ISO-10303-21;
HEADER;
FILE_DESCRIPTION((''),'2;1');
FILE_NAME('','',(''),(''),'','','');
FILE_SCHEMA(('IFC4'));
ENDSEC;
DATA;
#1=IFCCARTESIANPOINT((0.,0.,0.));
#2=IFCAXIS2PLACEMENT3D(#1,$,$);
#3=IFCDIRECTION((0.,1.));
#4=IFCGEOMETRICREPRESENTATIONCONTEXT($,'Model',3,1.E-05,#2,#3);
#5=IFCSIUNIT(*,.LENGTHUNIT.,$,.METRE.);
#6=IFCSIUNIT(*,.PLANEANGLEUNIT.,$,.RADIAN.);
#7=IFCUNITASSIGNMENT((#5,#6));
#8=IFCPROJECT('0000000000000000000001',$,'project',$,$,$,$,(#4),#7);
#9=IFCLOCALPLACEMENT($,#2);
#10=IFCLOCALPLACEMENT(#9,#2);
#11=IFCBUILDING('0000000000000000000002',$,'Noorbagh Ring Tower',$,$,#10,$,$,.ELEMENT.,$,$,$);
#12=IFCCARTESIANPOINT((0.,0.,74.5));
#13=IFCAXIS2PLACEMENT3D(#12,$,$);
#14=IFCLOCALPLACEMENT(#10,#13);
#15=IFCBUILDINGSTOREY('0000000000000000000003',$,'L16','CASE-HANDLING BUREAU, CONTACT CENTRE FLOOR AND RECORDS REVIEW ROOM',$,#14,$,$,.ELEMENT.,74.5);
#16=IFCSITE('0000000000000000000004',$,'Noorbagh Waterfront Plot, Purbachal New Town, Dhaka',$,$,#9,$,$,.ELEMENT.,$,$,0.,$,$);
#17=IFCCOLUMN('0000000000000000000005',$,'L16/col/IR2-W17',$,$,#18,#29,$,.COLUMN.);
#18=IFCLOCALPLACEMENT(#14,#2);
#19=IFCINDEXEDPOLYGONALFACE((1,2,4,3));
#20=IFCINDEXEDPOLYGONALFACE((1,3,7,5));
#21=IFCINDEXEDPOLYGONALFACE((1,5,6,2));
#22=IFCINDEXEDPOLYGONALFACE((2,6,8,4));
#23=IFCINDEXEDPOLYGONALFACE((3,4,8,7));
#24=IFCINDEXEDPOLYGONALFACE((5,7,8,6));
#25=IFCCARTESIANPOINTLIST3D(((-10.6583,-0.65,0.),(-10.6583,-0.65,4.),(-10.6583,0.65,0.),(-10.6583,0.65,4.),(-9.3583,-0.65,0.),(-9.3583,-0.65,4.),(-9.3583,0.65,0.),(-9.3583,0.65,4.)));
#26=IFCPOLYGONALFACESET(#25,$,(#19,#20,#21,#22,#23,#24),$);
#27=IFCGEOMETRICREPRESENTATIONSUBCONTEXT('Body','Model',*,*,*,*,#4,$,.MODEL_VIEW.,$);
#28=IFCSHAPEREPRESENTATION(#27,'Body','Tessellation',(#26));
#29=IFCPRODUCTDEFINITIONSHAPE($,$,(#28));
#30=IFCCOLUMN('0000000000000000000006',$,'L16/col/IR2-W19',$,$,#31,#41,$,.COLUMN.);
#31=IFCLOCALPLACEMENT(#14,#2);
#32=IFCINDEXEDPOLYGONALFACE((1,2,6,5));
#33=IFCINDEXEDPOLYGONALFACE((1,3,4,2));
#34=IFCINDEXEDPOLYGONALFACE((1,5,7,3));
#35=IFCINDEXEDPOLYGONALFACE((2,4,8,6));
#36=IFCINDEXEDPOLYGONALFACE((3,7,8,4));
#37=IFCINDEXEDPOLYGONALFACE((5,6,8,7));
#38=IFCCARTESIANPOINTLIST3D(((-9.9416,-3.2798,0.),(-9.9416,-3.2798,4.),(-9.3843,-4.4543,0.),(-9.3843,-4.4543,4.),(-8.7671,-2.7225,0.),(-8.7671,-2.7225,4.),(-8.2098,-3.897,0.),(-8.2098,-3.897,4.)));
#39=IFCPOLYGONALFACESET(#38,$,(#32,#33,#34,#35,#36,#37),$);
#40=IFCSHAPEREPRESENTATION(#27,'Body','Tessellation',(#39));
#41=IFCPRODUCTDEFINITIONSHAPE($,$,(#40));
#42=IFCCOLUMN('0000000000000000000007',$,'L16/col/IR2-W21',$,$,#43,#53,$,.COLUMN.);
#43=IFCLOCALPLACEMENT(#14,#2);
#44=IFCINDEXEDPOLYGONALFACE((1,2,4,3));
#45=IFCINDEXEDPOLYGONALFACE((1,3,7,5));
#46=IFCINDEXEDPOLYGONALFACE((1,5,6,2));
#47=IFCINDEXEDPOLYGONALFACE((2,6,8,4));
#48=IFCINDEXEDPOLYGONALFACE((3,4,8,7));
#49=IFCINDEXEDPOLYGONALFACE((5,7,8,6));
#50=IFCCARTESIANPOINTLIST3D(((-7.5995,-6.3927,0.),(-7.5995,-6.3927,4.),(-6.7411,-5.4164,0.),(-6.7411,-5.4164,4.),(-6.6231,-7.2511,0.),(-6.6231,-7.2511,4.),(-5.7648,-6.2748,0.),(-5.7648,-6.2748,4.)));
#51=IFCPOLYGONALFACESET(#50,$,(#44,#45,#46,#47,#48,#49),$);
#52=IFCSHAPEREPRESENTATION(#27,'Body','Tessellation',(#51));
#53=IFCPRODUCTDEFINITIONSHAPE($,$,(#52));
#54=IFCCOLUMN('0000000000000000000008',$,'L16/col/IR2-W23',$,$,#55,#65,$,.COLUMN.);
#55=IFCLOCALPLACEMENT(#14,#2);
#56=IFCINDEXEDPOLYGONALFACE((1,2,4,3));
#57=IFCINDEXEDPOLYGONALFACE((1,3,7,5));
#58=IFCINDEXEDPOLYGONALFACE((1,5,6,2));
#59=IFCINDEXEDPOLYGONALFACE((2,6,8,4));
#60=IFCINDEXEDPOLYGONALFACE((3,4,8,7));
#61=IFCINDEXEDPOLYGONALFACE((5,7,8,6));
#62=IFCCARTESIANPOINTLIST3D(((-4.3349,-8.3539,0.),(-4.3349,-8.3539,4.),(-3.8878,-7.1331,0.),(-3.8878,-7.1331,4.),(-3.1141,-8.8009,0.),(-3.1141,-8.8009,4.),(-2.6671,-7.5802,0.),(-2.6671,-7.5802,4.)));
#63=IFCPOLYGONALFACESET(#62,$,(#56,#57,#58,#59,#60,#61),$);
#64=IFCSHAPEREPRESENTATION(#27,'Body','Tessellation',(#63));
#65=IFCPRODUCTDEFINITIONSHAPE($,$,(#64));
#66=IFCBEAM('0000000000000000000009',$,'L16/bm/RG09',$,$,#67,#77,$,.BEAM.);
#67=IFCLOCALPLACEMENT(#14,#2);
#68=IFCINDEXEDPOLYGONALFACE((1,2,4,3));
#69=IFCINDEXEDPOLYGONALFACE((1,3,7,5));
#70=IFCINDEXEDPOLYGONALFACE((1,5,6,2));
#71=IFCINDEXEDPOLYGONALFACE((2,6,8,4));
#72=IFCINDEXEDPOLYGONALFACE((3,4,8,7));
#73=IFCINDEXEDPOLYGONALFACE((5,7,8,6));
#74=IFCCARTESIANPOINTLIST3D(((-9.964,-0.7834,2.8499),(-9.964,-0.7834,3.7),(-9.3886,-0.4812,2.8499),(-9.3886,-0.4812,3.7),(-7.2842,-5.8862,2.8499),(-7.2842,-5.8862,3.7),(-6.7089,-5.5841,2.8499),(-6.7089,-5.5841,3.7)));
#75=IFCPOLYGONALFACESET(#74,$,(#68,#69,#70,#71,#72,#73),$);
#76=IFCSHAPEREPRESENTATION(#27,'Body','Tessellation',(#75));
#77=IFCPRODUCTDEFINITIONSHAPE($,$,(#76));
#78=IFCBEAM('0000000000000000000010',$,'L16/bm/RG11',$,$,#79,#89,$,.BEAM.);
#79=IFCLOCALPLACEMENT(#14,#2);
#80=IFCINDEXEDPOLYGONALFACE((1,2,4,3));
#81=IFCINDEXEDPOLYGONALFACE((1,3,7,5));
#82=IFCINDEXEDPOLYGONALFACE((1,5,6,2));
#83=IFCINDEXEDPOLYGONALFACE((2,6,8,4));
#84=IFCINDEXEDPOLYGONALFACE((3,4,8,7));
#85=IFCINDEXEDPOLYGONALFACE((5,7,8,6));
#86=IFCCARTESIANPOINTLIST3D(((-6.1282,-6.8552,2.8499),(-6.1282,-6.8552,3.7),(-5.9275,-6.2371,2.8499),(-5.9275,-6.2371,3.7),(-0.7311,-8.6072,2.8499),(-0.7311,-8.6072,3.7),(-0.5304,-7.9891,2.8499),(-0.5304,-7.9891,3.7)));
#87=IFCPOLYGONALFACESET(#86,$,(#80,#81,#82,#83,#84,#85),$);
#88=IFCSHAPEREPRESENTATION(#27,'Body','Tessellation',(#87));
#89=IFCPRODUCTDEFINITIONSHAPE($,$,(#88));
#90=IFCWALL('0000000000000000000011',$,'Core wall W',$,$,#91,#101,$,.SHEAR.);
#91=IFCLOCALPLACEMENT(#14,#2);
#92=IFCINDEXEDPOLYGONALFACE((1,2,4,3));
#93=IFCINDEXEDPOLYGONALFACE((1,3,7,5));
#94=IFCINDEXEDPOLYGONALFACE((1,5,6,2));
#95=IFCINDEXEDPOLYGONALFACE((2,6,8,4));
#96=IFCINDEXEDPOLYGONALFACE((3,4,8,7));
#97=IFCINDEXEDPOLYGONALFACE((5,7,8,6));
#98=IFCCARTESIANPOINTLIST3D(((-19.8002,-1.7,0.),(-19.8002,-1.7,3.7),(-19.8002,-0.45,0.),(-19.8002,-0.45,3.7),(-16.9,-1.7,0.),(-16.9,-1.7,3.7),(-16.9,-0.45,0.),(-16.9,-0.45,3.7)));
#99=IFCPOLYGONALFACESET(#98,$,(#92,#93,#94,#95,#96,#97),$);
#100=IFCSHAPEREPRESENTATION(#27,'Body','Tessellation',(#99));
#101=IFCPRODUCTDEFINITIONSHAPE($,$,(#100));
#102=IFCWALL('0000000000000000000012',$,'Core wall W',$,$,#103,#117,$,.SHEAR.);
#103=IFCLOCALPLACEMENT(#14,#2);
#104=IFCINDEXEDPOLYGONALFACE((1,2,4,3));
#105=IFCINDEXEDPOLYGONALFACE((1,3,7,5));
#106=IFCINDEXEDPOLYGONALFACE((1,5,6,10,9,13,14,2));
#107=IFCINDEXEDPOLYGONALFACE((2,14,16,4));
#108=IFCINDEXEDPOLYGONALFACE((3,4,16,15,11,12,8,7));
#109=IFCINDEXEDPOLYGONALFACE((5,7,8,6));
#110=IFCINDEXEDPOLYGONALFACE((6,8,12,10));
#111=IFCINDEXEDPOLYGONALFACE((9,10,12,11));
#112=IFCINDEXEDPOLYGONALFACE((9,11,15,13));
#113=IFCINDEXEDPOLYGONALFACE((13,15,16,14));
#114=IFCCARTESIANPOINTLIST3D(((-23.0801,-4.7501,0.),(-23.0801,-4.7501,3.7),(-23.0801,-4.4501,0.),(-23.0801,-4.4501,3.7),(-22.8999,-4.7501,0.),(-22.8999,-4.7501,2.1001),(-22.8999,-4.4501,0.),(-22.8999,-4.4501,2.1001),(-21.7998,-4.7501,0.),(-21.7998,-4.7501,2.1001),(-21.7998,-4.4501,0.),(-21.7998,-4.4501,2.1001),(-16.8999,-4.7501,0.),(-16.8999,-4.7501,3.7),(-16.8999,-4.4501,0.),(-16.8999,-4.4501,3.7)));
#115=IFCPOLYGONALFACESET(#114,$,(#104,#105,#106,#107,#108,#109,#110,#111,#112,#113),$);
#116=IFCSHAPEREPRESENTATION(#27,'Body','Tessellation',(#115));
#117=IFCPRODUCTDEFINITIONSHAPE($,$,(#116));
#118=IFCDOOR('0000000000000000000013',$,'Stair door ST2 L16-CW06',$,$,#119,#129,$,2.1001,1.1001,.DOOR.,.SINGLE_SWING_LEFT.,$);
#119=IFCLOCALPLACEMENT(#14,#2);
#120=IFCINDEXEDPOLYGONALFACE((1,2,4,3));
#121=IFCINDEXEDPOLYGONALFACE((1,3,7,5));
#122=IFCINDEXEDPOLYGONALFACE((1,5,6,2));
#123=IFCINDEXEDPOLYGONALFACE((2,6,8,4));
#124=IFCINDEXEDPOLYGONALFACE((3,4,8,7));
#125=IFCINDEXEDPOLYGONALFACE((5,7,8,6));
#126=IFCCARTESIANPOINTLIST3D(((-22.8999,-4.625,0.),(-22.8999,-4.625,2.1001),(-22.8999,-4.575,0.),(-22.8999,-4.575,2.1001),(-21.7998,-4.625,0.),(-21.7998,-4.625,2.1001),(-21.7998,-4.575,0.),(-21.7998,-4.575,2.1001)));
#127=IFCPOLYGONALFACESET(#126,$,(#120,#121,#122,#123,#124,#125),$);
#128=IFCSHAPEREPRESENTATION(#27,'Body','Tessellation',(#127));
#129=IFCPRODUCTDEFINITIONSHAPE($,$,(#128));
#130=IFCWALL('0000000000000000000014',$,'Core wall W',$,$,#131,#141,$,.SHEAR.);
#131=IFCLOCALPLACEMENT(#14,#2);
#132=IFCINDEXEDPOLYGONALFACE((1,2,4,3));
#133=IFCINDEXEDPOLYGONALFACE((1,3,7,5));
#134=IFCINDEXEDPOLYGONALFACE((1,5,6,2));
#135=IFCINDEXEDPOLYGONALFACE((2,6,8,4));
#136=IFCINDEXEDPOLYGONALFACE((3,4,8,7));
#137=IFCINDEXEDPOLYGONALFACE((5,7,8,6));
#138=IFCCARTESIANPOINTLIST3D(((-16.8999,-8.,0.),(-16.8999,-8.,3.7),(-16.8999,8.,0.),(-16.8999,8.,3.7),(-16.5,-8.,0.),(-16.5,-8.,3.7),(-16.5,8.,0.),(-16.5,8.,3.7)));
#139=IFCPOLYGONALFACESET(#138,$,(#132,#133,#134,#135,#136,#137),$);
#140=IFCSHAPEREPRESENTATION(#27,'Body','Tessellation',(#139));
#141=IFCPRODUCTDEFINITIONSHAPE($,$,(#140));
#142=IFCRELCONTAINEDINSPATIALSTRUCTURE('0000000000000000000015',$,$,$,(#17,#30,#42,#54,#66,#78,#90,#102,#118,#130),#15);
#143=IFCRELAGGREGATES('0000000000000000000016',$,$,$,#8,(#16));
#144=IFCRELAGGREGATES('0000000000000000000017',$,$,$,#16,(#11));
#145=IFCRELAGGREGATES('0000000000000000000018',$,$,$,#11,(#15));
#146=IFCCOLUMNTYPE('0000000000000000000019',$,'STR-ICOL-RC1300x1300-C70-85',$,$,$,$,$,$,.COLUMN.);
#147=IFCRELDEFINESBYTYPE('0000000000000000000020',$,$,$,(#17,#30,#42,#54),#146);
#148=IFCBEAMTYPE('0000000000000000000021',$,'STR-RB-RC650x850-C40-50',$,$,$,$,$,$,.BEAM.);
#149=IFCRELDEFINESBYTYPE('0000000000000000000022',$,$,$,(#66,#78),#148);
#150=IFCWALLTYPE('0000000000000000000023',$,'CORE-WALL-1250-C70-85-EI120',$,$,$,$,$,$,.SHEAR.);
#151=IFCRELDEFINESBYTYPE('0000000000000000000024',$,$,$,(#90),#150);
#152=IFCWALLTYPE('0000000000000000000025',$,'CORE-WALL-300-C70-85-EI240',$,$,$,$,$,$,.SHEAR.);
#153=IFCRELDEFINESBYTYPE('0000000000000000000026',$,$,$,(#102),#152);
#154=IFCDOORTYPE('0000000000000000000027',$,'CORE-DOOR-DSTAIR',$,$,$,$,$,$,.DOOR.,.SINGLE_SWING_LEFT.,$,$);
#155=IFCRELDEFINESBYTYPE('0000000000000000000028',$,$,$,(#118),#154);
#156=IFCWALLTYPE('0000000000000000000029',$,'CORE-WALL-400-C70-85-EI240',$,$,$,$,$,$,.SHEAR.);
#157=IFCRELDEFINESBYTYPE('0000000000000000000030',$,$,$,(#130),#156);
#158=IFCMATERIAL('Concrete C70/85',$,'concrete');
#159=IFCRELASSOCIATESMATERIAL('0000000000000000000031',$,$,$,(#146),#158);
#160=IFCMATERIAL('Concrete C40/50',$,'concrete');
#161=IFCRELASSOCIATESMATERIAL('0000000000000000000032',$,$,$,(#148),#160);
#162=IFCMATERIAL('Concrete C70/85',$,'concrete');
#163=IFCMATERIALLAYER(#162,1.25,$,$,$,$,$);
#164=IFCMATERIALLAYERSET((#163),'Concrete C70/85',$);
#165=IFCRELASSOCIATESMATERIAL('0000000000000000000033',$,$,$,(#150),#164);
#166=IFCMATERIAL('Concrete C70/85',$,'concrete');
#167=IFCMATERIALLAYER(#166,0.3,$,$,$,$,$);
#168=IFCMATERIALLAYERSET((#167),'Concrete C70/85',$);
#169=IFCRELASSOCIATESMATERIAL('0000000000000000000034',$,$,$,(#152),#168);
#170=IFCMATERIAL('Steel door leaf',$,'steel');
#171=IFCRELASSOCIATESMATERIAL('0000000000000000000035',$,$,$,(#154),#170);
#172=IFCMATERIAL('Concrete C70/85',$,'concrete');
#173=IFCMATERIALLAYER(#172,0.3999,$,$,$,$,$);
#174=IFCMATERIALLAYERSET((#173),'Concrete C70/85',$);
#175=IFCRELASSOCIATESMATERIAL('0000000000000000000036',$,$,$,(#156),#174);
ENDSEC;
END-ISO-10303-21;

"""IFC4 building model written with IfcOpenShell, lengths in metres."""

from ifc_helpers import new_model, si_unit, direction, frame, frame_2d, origin, origin_2d, place, context, subcontext, project, spatial, rectangle, extrude, material, layer, layer_set, material_profile, profile_set, type_object, element, fill, save


model = new_model("IFC4")

# Units and contexts
model_context = context("Model", 3, precision=1e-05, world=origin(), true_north=direction((0.0, 1.0)))
body_context = subcontext(model_context, "Body", "Model", "MODEL_VIEW")
ifc_project = project(units=[si_unit("LENGTHUNIT", "METRE"), si_unit("PLANEANGLEUNIT", "RADIAN")], contexts=[model_context])

# Site, building, storey
site_placement = place(None, origin())
site = spatial("IfcSite", under=ifc_project, at=site_placement, Name="Noorbagh Waterfront Plot, Purbachal New Town, Dhaka", CompositionType="ELEMENT", RefElevation=0.0)
building_placement = place(site_placement, origin())
building = spatial("IfcBuilding", under=site, at=building_placement, Name="Noorbagh Ring Tower", CompositionType="ELEMENT")
storey_placement = place(building_placement, frame((0.0, 0.0, 74.5)))
storey = spatial("IfcBuildingStorey", under=building, at=storey_placement, Name="L16", Description="CASE-HANDLING BUREAU, CONTACT CENTRE FLOOR AND RECORDS REVIEW ROOM", CompositionType="ELEMENT", Elevation=74.5)

# Columns
ifc_material_1 = material(Name="Concrete C70/85", Category="concrete")
ifc_material_profile_1 = material_profile(ifc_material_1, rectangle(XDim=1.3, YDim=1.3, at=origin_2d()), Name="RC1300x1300")
ifc_profile_set_1 = profile_set([ifc_material_profile_1], Name="Concrete C70/85")
column_type = type_object("IfcColumnType", Name="STR-ICOL-RC1300x1300-C70-85", PredefinedType="COLUMN", material=ifc_profile_set_1)
for number, where, z_axis, x_axis, name in (
    (1, (-10.0083, 0.0, 0.0), (0.0, 0.0, 1.0), (0.0, -1.0, 0.0), "L16/col/IR2-W17"),
    (2, (-9.0757, -3.5884, 0.0), (0.0, 0.0, 1.0), (0.428667, -0.903463, 0.0), "L16/col/IR2-W19"),
    (3, (-6.6821, -6.3337, 0.0), (0.0, 0.0, 1.0), (0.751022, -0.660277, 0.0), "L16/col/IR2-W21"),
    (4, (-3.501, -7.967, 0.0), (0.0, 0.0, 1.0), (0.93902, -0.343864, 0.0), "L16/col/IR2-W23"),
):
    element("IfcColumn", number, at=place(storey_placement, frame(where, z_axis=z_axis, x_axis=x_axis)), inside=storey, type_object=column_type, Name=name, PredefinedType="COLUMN", context=body_context, shape_type="SweptSolid", body=[
        extrude(rectangle(XDim=1.3, YDim=1.3, at=origin_2d()), origin(), (0.0, 0.0, 1.0), 4.0),
    ])

# Beams
ifc_material_2 = material(Name="Concrete C40/50", Category="concrete")
ifc_material_profile_2 = material_profile(ifc_material_2, rectangle(XDim=0.6499, YDim=0.8501, at=origin_2d()), Name="RC650x850")
ifc_profile_set_2 = profile_set([ifc_material_profile_2], Name="Concrete C40/50")
beam_type = type_object("IfcBeamType", Name="STR-RB-RC650x850-C40-50", PredefinedType="BEAM", material=ifc_profile_set_2)
beam_1_placement = place(storey_placement, frame((-9.6763, -0.6323, 3.2749), z_axis=(0.464933, -0.885346, 0.0), x_axis=(0.885346, 0.464933, 0.0)))
element("IfcBeam", 5, at=beam_1_placement, inside=storey, type_object=beam_type, Name="L16/bm/RG09", PredefinedType="BEAM", context=body_context, shape_type="SweptSolid", body=[
    extrude(rectangle(XDim=0.6499, YDim=0.8501, at=origin_2d()), origin(), (0.0, 0.0, 1.0), 5.7637),
])
beam_2_placement = place(storey_placement, frame((-6.0278, -6.5461, 3.2749), z_axis=(0.951141, -0.308757, 0.0), x_axis=(0.308757, 0.951141, 0.0)))
element("IfcBeam", 6, at=beam_2_placement, inside=storey, type_object=beam_type, Name="L16/bm/RG11", PredefinedType="BEAM", context=body_context, shape_type="SweptSolid", body=[
    extrude(rectangle(XDim=0.6499, YDim=0.8501, at=origin_2d()), origin(), (0.0, 0.0, 1.0), 5.6743),
])

# Wall
ifc_material_3 = material(Name="Concrete C70/85", Category="concrete")
ifc_layer_1 = layer(ifc_material_3, 1.25)
ifc_layer_set_1 = layer_set([ifc_layer_1], Name="Concrete C70/85")
wall_type_1 = type_object("IfcWallType", Name="CORE-WALL-1250-C70-85-EI120", PredefinedType="SHEAR", material=ifc_layer_set_1)
wall_1_placement = place(storey_placement, frame((-16.8999, -1.075, 0.0), z_axis=(0.0, 0.0, 1.0), x_axis=(-1.0, 0.0, 0.0)))
element("IfcWall", 7, at=wall_1_placement, inside=storey, type_object=wall_type_1, Name="Core wall W", PredefinedType="SHEAR", context=body_context, shape_type="SweptSolid", body=[
    extrude(rectangle(XDim=2.9001, YDim=1.25, at=frame_2d((1.4502, 0.0))), origin(), (0.0, 0.0, 1.0), 3.7),
])

# Wall, opening, door
ifc_material_4 = material(Name="Concrete C70/85", Category="concrete")
ifc_layer_2 = layer(ifc_material_4, 0.3)
ifc_layer_set_2 = layer_set([ifc_layer_2], Name="Concrete C70/85")
wall_type_2 = type_object("IfcWallType", Name="CORE-WALL-300-C70-85-EI240", PredefinedType="SHEAR", material=ifc_layer_set_2)
wall_2_placement = place(storey_placement, frame((-16.8999, -4.6001, 0.0), z_axis=(0.0, 0.0, 1.0), x_axis=(-1.0, 0.0, 0.0)))
wall_2 = element("IfcWall", 8, at=wall_2_placement, inside=storey, type_object=wall_type_2, Name="Core wall W", PredefinedType="SHEAR", context=body_context, shape_type="SweptSolid", body=[
    extrude(rectangle(XDim=6.1802, YDim=0.3, at=frame_2d((3.0901, 0.0))), origin(), (0.0, 0.0, 1.0), 3.7),
])
opening_1_placement = place(wall_2_placement, frame((4.8999, 0.0, 0.0)))
opening_1 = element("IfcOpeningElement", 9, at=opening_1_placement, cuts=wall_2, PredefinedType="OPENING", context=body_context, shape_type="SweptSolid", body=[
    extrude(rectangle(XDim=1.1001, YDim=2.1001, at=frame_2d((0.55, 1.05))), frame((0.0, 0.1602, 0.0), z_axis=(0.0, -1.0, 0.0), x_axis=(1.0, 0.0, 0.0)), (0.0, 0.0, 1.0), 0.3201),
])
ifc_material_5 = material(Name="Steel door leaf", Category="steel")
door_type_1 = type_object("IfcDoorType", Name="CORE-DOOR-DSTAIR", OperationType="SINGLE_SWING_LEFT", PredefinedType="DOOR", material=ifc_material_5)
door_1_placement = place(opening_1_placement, origin())
door_1 = element("IfcDoor", 10, at=door_1_placement, inside=storey, type_object=door_type_1, Name="Stair door ST2 L16-CW06", OperationType="SINGLE_SWING_LEFT", OverallHeight=2.1001, OverallWidth=1.1001, PredefinedType="DOOR", context=body_context, shape_type="SweptSolid", body=[
    extrude(rectangle(XDim=1.1001, YDim=2.1001, at=frame_2d((0.55, 1.05))), frame((0.0, 0.0249, 0.0), z_axis=(0.0, -1.0, 0.0), x_axis=(1.0, 0.0, 0.0)), (0.0, 0.0, 1.0), 0.05),
])
fill(opening_1, door_1)

# Wall
ifc_material_6 = material(Name="Concrete C70/85", Category="concrete")
ifc_layer_3 = layer(ifc_material_6, 0.3999)
ifc_layer_set_3 = layer_set([ifc_layer_3], Name="Concrete C70/85")
wall_type_3 = type_object("IfcWallType", Name="CORE-WALL-400-C70-85-EI240", PredefinedType="SHEAR", material=ifc_layer_set_3)
wall_3_placement = place(storey_placement, frame((-16.7, -8.0, 0.0), z_axis=(0.0, 0.0, 1.0), x_axis=(0.0, 1.0, 0.0)))
element("IfcWall", 11, at=wall_3_placement, inside=storey, type_object=wall_type_3, Name="Core wall W", PredefinedType="SHEAR", context=body_context, shape_type="SweptSolid", body=[
    extrude(rectangle(XDim=16.0, YDim=0.3999, at=frame_2d((8.0, 0.0))), origin(), (0.0, 0.0, 1.0), 3.7),
])

save(model, "model.ifc")
